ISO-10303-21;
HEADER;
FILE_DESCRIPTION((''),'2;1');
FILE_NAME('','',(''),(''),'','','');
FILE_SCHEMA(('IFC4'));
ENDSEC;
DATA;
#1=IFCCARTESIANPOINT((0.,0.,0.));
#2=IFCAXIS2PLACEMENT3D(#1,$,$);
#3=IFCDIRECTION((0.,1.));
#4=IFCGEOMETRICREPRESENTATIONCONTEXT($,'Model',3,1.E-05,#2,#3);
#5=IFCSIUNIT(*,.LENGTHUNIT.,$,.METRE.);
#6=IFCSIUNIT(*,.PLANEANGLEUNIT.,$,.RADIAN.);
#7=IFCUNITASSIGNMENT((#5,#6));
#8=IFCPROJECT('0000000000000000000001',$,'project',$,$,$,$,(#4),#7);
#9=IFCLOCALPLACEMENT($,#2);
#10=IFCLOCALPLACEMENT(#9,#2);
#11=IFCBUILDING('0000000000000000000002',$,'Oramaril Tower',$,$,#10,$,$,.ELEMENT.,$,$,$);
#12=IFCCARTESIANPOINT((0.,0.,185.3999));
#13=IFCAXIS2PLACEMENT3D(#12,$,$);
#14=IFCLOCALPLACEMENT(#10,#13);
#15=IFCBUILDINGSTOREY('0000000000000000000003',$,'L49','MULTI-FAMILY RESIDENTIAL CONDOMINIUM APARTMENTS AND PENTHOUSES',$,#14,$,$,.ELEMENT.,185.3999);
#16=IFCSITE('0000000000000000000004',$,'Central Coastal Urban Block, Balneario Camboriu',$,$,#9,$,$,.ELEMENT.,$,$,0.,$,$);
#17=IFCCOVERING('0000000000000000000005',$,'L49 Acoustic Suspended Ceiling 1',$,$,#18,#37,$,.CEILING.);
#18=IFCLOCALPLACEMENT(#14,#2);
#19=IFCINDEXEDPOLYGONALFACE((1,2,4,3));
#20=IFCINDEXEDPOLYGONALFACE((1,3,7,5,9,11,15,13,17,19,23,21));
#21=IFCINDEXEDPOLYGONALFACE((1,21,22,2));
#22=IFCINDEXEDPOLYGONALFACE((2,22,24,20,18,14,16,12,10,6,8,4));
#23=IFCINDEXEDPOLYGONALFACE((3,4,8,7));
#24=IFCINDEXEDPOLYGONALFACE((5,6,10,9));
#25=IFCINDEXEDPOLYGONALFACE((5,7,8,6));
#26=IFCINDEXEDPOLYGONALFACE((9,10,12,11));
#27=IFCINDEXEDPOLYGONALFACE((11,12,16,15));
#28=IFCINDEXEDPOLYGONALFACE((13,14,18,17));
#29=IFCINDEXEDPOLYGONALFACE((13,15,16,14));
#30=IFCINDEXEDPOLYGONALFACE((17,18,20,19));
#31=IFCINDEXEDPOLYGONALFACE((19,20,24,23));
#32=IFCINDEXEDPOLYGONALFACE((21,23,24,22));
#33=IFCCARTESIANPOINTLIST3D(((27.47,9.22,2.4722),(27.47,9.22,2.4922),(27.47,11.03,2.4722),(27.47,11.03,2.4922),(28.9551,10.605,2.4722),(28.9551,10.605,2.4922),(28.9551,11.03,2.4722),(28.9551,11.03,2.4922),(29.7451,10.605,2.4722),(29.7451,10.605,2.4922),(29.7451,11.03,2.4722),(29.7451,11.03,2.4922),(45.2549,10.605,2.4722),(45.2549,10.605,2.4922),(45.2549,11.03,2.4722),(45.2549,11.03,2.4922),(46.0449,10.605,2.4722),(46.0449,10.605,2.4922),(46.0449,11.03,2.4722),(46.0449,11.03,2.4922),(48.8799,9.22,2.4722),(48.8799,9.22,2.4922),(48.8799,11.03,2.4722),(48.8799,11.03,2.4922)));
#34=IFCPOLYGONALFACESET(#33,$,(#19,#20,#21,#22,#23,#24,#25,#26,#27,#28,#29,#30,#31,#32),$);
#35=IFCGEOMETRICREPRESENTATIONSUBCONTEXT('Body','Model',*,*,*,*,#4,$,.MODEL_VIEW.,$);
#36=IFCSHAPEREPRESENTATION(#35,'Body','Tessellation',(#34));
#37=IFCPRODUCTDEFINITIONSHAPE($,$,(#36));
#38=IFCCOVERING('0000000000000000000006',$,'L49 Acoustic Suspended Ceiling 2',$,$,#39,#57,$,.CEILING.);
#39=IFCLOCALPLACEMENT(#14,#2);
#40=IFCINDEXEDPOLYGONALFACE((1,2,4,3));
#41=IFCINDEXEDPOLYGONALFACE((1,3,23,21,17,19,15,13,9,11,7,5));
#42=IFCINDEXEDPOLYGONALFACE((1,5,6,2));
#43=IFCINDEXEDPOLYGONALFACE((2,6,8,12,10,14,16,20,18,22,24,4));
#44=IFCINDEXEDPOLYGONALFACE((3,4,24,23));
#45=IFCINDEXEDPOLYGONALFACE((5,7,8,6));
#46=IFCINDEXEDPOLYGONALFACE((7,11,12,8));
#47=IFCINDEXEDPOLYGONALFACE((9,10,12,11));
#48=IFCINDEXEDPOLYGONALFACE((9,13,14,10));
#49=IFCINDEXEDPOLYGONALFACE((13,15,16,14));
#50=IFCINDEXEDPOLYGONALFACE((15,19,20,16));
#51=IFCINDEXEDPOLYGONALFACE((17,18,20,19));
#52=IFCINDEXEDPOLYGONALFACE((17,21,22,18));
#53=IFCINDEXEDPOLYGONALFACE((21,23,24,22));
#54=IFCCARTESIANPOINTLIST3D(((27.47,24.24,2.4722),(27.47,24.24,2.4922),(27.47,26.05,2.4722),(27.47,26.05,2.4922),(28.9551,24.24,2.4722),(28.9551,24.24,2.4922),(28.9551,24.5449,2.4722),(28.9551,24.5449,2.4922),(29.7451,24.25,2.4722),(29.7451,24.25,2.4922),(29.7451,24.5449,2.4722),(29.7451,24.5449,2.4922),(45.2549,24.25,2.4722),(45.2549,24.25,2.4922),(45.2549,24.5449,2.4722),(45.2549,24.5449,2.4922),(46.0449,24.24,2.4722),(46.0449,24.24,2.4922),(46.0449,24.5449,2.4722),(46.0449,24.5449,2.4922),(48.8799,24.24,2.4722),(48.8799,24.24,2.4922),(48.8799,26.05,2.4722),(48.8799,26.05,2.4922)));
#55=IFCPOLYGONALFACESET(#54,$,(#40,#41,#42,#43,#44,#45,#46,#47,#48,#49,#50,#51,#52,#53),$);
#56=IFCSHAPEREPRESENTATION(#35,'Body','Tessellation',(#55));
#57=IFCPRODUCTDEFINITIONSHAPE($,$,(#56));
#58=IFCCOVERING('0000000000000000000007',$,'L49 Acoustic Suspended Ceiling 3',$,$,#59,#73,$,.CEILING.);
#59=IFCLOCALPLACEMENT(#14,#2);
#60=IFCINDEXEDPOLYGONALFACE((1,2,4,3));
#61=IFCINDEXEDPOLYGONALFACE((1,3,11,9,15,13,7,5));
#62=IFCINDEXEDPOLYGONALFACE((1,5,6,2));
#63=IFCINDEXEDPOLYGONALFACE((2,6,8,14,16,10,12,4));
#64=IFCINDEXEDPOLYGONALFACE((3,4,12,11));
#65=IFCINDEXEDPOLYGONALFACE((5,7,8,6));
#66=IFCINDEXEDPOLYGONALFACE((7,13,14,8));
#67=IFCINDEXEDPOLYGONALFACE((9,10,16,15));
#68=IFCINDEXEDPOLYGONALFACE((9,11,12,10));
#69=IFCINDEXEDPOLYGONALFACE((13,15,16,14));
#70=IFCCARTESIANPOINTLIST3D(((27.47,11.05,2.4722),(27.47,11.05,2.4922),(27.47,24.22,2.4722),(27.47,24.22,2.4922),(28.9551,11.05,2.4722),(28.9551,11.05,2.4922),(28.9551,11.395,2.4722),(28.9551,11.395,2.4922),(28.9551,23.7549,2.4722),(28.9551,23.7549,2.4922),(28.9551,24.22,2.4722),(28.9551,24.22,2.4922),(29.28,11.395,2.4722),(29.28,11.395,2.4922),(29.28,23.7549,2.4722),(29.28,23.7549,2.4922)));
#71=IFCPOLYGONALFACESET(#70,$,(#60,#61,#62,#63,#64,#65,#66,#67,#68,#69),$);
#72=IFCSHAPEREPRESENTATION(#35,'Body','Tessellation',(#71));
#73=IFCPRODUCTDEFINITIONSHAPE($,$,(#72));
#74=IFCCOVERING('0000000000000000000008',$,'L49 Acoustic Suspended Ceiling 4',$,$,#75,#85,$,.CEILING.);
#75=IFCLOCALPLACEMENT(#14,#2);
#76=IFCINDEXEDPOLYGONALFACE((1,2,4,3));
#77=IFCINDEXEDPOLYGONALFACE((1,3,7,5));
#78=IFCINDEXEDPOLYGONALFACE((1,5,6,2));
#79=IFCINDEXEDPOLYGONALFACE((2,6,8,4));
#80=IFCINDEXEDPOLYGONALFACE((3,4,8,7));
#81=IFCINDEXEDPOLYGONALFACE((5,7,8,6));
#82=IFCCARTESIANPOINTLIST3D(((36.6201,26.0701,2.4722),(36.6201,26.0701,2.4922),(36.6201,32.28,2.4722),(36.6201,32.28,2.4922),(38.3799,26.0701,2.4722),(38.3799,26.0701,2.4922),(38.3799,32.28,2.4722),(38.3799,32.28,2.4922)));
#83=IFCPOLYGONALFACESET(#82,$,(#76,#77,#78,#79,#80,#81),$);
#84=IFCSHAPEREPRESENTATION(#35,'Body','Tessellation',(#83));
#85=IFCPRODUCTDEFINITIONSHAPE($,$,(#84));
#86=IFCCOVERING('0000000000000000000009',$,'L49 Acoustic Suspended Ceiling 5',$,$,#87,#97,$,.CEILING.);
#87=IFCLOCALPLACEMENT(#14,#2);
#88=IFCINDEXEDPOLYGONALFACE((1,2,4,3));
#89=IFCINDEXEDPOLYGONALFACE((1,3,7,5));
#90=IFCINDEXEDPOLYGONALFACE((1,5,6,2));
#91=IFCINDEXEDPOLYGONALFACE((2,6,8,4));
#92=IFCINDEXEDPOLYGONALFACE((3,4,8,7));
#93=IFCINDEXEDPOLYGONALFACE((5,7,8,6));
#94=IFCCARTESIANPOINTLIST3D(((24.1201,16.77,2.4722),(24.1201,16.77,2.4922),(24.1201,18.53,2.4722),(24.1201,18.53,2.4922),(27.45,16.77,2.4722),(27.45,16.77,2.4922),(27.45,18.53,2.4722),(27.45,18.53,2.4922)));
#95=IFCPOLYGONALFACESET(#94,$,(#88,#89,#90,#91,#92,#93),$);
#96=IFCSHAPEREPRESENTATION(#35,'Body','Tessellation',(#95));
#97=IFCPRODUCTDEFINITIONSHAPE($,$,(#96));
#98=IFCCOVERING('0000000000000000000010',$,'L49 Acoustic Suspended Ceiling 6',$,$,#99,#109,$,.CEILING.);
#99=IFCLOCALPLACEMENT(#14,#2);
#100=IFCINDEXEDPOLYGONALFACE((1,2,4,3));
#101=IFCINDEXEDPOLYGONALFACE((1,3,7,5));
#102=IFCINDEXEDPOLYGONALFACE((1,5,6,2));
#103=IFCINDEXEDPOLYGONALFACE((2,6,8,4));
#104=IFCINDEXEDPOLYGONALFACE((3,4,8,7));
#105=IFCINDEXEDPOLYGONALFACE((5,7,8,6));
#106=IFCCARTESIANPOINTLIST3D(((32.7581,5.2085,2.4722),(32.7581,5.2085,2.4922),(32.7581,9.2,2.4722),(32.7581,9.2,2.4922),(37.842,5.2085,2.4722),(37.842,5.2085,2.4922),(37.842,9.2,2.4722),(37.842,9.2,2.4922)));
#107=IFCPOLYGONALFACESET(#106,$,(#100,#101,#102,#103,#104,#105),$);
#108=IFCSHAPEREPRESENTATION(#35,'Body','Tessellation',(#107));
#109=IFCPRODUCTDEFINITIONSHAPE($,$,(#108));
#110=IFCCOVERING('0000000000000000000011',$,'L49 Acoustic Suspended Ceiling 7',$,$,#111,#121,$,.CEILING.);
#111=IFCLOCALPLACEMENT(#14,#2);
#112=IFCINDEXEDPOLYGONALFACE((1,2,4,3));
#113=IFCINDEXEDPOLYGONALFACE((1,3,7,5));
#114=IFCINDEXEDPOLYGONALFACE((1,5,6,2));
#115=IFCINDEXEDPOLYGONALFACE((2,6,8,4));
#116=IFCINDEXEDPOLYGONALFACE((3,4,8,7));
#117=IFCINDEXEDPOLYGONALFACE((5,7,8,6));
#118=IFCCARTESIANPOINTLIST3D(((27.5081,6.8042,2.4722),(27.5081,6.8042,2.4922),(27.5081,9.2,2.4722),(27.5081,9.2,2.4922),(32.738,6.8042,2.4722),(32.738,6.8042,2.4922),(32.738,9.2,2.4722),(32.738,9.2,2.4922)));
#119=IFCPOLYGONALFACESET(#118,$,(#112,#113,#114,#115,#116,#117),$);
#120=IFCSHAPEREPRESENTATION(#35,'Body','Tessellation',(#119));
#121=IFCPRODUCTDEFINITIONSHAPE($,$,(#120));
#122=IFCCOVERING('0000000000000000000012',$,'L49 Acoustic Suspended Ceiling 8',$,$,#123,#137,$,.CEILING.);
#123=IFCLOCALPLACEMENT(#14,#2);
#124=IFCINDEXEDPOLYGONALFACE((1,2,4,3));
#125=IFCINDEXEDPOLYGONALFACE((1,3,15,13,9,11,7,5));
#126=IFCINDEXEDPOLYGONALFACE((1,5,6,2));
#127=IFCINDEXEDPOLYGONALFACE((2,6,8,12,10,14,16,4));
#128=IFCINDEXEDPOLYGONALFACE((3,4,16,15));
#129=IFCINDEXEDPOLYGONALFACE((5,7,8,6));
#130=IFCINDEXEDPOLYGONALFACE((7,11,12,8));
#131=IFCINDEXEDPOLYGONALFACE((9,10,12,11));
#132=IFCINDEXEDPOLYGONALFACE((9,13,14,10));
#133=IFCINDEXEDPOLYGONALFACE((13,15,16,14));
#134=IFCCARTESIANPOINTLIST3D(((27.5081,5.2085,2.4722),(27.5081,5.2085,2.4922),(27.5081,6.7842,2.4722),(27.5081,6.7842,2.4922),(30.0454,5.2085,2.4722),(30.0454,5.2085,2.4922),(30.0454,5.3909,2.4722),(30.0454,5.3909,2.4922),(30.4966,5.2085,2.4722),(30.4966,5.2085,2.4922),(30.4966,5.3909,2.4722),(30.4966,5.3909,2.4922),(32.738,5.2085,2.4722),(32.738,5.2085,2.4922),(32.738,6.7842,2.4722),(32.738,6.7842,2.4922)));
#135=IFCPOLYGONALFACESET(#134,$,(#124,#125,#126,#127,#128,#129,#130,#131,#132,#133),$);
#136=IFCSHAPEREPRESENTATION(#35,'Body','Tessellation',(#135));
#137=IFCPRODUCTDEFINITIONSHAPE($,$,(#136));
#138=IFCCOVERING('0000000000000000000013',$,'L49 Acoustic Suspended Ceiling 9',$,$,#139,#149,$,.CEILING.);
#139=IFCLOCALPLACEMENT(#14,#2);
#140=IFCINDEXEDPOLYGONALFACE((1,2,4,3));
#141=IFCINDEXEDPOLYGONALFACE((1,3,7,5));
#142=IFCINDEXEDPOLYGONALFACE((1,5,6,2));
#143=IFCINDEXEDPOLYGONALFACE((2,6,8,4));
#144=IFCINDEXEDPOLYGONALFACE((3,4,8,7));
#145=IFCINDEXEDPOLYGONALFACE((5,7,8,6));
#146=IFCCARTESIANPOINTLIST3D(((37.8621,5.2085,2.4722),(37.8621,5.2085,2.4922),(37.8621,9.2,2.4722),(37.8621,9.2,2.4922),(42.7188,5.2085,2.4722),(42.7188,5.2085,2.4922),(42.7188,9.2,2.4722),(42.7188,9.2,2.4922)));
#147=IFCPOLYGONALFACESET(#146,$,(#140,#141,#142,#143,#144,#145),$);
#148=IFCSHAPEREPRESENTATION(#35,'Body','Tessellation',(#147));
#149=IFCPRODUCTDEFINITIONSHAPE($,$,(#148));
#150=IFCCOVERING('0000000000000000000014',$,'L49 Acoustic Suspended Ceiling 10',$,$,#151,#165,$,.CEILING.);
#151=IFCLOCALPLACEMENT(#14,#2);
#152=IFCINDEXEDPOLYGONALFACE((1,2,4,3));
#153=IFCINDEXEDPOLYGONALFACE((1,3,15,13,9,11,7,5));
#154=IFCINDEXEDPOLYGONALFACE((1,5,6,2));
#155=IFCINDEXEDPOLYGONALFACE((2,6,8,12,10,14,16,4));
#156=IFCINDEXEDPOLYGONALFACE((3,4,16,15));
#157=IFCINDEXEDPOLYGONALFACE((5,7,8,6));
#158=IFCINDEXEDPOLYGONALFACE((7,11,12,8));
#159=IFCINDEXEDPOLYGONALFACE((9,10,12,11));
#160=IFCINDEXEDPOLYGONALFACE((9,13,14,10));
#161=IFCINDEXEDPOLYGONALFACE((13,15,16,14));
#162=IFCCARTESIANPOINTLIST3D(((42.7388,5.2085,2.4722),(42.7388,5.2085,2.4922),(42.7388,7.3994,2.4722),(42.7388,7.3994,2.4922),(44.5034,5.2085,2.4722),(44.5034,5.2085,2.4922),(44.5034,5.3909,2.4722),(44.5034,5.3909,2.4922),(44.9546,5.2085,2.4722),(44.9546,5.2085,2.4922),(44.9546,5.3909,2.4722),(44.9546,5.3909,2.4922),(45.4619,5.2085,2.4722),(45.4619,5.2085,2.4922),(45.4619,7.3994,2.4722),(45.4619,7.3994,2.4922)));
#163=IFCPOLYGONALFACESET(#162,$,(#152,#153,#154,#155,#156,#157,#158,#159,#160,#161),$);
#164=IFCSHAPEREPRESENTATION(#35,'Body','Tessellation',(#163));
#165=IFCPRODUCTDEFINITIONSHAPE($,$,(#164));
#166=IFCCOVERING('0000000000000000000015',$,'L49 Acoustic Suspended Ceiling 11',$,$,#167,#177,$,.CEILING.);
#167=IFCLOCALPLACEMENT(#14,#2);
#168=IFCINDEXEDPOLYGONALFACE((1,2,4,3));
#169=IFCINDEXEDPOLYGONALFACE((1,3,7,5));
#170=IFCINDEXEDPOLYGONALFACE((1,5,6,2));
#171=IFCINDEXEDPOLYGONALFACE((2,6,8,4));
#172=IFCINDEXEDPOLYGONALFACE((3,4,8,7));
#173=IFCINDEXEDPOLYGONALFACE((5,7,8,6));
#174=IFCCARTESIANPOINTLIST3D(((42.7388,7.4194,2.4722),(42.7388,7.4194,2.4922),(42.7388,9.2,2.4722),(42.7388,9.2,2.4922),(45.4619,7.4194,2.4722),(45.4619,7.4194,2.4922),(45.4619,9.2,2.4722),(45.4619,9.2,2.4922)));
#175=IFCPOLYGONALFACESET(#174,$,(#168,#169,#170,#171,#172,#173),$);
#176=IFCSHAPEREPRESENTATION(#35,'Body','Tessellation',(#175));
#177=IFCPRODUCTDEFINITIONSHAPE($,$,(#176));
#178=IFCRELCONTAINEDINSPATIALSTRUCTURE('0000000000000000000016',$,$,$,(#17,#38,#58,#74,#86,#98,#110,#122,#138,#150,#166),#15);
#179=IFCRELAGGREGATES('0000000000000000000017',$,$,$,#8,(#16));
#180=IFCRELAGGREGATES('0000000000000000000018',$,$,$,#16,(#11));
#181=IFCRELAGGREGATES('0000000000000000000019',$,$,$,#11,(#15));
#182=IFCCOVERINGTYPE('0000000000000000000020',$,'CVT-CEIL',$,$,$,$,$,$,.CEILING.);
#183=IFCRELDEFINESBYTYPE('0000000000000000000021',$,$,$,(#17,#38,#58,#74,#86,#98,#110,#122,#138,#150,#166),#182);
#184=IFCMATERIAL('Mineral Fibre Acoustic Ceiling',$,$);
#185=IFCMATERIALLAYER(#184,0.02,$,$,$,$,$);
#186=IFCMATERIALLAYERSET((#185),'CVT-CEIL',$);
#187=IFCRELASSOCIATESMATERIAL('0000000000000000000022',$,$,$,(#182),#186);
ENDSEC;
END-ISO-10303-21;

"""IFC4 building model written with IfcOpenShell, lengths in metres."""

from ifc_helpers import new_model, si_unit, direction, frame, origin, place, context, subcontext, project, spatial, polyline, outline, extrude, material, layer, layer_set, type_object, element, save


model = new_model("IFC4")

# Units and contexts
model_context = context("Model", 3, precision=1e-05, world=origin(), true_north=direction((0.0, 1.0)))
body_context = subcontext(model_context, "Body", "Model", "MODEL_VIEW")
ifc_project = project(units=[si_unit("LENGTHUNIT", "METRE"), si_unit("PLANEANGLEUNIT", "RADIAN")], contexts=[model_context])

# Site, building, storey
site_placement = place(None, origin())
site = spatial("IfcSite", under=ifc_project, at=site_placement, Name="Central Coastal Urban Block, Balneario Camboriu", CompositionType="ELEMENT", RefElevation=0.0)
building_placement = place(site_placement, origin())
building = spatial("IfcBuilding", under=site, at=building_placement, Name="Oramaril Tower", CompositionType="ELEMENT")
storey_placement = place(building_placement, frame((0.0, 0.0, 185.3999)))
storey = spatial("IfcBuildingStorey", under=building, at=storey_placement, Name="L49", Description="MULTI-FAMILY RESIDENTIAL CONDOMINIUM APARTMENTS AND PENTHOUSES", CompositionType="ELEMENT", Elevation=185.3999)

# Coverings
ifc_material_1 = material(Name="Mineral Fibre Acoustic Ceiling")
ifc_layer_1 = layer(ifc_material_1, 0.02)
ifc_layer_set_1 = layer_set([ifc_layer_1], Name="CVT-CEIL")
covering_type_1 = type_object("IfcCoveringType", Name="CVT-CEIL", PredefinedType="CEILING", material=ifc_layer_set_1)
covering_1_placement = place(storey_placement, frame((0.0, 0.0, 2.4722)))
element("IfcCovering", 1, at=covering_1_placement, inside=storey, type_object=covering_type_1, Name="L49 Acoustic Suspended Ceiling 1", PredefinedType="CEILING", context=body_context, shape_type="SweptSolid", body=[
    extrude(outline(polyline([(28.9551, 10.605), (29.7451, 10.605), (29.7451, 11.03), (45.2549, 11.03), (45.2549, 10.605), (46.0449, 10.605), (46.0449, 11.03), (48.8799, 11.03), (48.8799, 9.22), (27.47, 9.22), (27.47, 11.03), (28.9551, 11.03), (28.9551, 10.605)])), origin(), (0.0, 0.0, 1.0), 0.02),
])
covering_2_placement = place(storey_placement, frame((0.0, 0.0, 2.4722)))
element("IfcCovering", 2, at=covering_2_placement, inside=storey, type_object=covering_type_1, Name="L49 Acoustic Suspended Ceiling 2", PredefinedType="CEILING", context=body_context, shape_type="SweptSolid", body=[
    extrude(outline(polyline([(48.8799, 24.24), (46.0449, 24.24), (46.0449, 24.5449), (45.2549, 24.5449), (45.2549, 24.25), (29.7451, 24.25), (29.7451, 24.5449), (28.9551, 24.5449), (28.9551, 24.24), (27.47, 24.24), (27.47, 26.05), (48.8799, 26.05), (48.8799, 24.24)])), origin(), (0.0, 0.0, 1.0), 0.02),
])
covering_3_placement = place(storey_placement, frame((0.0, 0.0, 2.4722)))
element("IfcCovering", 3, at=covering_3_placement, inside=storey, type_object=covering_type_1, Name="L49 Acoustic Suspended Ceiling 3", PredefinedType="CEILING", context=body_context, shape_type="SweptSolid", body=[
    extrude(outline(polyline([(28.9551, 23.7549), (29.28, 23.7549), (29.28, 11.395), (28.9551, 11.395), (28.9551, 11.05), (27.47, 11.05), (27.47, 24.22), (28.9551, 24.22), (28.9551, 23.7549)])), origin(), (0.0, 0.0, 1.0), 0.02),
])
covering_4_placement = place(storey_placement, frame((0.0, 0.0, 2.4722)))
element("IfcCovering", 4, at=covering_4_placement, inside=storey, type_object=covering_type_1, Name="L49 Acoustic Suspended Ceiling 4", PredefinedType="CEILING", context=body_context, shape_type="SweptSolid", body=[
    extrude(outline(polyline([(38.3799, 26.0701), (36.6201, 26.0701), (36.6201, 32.28), (38.3799, 32.28), (38.3799, 26.0701)])), origin(), (0.0, 0.0, 1.0), 0.02),
])
covering_5_placement = place(storey_placement, frame((0.0, 0.0, 2.4722)))
element("IfcCovering", 5, at=covering_5_placement, inside=storey, type_object=covering_type_1, Name="L49 Acoustic Suspended Ceiling 5", PredefinedType="CEILING", context=body_context, shape_type="SweptSolid", body=[
    extrude(outline(polyline([(24.1201, 16.77), (24.1201, 18.53), (27.45, 18.53), (27.45, 16.77), (24.1201, 16.77)])), origin(), (0.0, 0.0, 1.0), 0.02),
])
covering_6_placement = place(storey_placement, frame((0.0, 0.0, 2.4722)))
element("IfcCovering", 6, at=covering_6_placement, inside=storey, type_object=covering_type_1, Name="L49 Acoustic Suspended Ceiling 6", PredefinedType="CEILING", context=body_context, shape_type="SweptSolid", body=[
    extrude(outline(polyline([(37.842, 5.2085), (32.7581, 5.2085), (32.7581, 9.2), (37.842, 9.2), (37.842, 5.2085)])), origin(), (0.0, 0.0, 1.0), 0.02),
])
covering_7_placement = place(storey_placement, frame((0.0, 0.0, 2.4722)))
element("IfcCovering", 7, at=covering_7_placement, inside=storey, type_object=covering_type_1, Name="L49 Acoustic Suspended Ceiling 7", PredefinedType="CEILING", context=body_context, shape_type="SweptSolid", body=[
    extrude(outline(polyline([(27.5081, 6.8042), (27.5081, 9.2), (32.738, 9.2), (32.738, 6.8042), (27.5081, 6.8042)])), origin(), (0.0, 0.0, 1.0), 0.02),
])
covering_8_placement = place(storey_placement, frame((0.0, 0.0, 2.4722)))
element("IfcCovering", 8, at=covering_8_placement, inside=storey, type_object=covering_type_1, Name="L49 Acoustic Suspended Ceiling 8", PredefinedType="CEILING", context=body_context, shape_type="SweptSolid", body=[
    extrude(outline(polyline([(30.4966, 5.2085), (30.4966, 5.3909), (30.0454, 5.3909), (30.0454, 5.2085), (27.5081, 5.2085), (27.5081, 6.7842), (32.738, 6.7842), (32.738, 5.2085), (30.4966, 5.2085)])), origin(), (0.0, 0.0, 1.0), 0.02),
])
covering_9_placement = place(storey_placement, frame((0.0, 0.0, 2.4722)))
element("IfcCovering", 9, at=covering_9_placement, inside=storey, type_object=covering_type_1, Name="L49 Acoustic Suspended Ceiling 9", PredefinedType="CEILING", context=body_context, shape_type="SweptSolid", body=[
    extrude(outline(polyline([(42.7188, 5.2085), (37.8621, 5.2085), (37.8621, 9.2), (42.7188, 9.2), (42.7188, 5.2085)])), origin(), (0.0, 0.0, 1.0), 0.02),
])
covering_10_placement = place(storey_placement, frame((0.0, 0.0, 2.4722)))
element("IfcCovering", 10, at=covering_10_placement, inside=storey, type_object=covering_type_1, Name="L49 Acoustic Suspended Ceiling 10", PredefinedType="CEILING", context=body_context, shape_type="SweptSolid", body=[
    extrude(outline(polyline([(44.9546, 5.3909), (44.5034, 5.3909), (44.5034, 5.2085), (42.7388, 5.2085), (42.7388, 7.3994), (45.4619, 7.3994), (45.4619, 5.2085), (44.9546, 5.2085), (44.9546, 5.3909)])), origin(), (0.0, 0.0, 1.0), 0.02),
])
covering_11_placement = place(storey_placement, frame((0.0, 0.0, 2.4722)))
element("IfcCovering", 11, at=covering_11_placement, inside=storey, type_object=covering_type_1, Name="L49 Acoustic Suspended Ceiling 11", PredefinedType="CEILING", context=body_context, shape_type="SweptSolid", body=[
    extrude(outline(polyline([(45.4619, 7.4194), (42.7388, 7.4194), (42.7388, 9.2), (45.4619, 9.2), (45.4619, 7.4194)])), origin(), (0.0, 0.0, 1.0), 0.02),
])

save(model, "model.ifc")
